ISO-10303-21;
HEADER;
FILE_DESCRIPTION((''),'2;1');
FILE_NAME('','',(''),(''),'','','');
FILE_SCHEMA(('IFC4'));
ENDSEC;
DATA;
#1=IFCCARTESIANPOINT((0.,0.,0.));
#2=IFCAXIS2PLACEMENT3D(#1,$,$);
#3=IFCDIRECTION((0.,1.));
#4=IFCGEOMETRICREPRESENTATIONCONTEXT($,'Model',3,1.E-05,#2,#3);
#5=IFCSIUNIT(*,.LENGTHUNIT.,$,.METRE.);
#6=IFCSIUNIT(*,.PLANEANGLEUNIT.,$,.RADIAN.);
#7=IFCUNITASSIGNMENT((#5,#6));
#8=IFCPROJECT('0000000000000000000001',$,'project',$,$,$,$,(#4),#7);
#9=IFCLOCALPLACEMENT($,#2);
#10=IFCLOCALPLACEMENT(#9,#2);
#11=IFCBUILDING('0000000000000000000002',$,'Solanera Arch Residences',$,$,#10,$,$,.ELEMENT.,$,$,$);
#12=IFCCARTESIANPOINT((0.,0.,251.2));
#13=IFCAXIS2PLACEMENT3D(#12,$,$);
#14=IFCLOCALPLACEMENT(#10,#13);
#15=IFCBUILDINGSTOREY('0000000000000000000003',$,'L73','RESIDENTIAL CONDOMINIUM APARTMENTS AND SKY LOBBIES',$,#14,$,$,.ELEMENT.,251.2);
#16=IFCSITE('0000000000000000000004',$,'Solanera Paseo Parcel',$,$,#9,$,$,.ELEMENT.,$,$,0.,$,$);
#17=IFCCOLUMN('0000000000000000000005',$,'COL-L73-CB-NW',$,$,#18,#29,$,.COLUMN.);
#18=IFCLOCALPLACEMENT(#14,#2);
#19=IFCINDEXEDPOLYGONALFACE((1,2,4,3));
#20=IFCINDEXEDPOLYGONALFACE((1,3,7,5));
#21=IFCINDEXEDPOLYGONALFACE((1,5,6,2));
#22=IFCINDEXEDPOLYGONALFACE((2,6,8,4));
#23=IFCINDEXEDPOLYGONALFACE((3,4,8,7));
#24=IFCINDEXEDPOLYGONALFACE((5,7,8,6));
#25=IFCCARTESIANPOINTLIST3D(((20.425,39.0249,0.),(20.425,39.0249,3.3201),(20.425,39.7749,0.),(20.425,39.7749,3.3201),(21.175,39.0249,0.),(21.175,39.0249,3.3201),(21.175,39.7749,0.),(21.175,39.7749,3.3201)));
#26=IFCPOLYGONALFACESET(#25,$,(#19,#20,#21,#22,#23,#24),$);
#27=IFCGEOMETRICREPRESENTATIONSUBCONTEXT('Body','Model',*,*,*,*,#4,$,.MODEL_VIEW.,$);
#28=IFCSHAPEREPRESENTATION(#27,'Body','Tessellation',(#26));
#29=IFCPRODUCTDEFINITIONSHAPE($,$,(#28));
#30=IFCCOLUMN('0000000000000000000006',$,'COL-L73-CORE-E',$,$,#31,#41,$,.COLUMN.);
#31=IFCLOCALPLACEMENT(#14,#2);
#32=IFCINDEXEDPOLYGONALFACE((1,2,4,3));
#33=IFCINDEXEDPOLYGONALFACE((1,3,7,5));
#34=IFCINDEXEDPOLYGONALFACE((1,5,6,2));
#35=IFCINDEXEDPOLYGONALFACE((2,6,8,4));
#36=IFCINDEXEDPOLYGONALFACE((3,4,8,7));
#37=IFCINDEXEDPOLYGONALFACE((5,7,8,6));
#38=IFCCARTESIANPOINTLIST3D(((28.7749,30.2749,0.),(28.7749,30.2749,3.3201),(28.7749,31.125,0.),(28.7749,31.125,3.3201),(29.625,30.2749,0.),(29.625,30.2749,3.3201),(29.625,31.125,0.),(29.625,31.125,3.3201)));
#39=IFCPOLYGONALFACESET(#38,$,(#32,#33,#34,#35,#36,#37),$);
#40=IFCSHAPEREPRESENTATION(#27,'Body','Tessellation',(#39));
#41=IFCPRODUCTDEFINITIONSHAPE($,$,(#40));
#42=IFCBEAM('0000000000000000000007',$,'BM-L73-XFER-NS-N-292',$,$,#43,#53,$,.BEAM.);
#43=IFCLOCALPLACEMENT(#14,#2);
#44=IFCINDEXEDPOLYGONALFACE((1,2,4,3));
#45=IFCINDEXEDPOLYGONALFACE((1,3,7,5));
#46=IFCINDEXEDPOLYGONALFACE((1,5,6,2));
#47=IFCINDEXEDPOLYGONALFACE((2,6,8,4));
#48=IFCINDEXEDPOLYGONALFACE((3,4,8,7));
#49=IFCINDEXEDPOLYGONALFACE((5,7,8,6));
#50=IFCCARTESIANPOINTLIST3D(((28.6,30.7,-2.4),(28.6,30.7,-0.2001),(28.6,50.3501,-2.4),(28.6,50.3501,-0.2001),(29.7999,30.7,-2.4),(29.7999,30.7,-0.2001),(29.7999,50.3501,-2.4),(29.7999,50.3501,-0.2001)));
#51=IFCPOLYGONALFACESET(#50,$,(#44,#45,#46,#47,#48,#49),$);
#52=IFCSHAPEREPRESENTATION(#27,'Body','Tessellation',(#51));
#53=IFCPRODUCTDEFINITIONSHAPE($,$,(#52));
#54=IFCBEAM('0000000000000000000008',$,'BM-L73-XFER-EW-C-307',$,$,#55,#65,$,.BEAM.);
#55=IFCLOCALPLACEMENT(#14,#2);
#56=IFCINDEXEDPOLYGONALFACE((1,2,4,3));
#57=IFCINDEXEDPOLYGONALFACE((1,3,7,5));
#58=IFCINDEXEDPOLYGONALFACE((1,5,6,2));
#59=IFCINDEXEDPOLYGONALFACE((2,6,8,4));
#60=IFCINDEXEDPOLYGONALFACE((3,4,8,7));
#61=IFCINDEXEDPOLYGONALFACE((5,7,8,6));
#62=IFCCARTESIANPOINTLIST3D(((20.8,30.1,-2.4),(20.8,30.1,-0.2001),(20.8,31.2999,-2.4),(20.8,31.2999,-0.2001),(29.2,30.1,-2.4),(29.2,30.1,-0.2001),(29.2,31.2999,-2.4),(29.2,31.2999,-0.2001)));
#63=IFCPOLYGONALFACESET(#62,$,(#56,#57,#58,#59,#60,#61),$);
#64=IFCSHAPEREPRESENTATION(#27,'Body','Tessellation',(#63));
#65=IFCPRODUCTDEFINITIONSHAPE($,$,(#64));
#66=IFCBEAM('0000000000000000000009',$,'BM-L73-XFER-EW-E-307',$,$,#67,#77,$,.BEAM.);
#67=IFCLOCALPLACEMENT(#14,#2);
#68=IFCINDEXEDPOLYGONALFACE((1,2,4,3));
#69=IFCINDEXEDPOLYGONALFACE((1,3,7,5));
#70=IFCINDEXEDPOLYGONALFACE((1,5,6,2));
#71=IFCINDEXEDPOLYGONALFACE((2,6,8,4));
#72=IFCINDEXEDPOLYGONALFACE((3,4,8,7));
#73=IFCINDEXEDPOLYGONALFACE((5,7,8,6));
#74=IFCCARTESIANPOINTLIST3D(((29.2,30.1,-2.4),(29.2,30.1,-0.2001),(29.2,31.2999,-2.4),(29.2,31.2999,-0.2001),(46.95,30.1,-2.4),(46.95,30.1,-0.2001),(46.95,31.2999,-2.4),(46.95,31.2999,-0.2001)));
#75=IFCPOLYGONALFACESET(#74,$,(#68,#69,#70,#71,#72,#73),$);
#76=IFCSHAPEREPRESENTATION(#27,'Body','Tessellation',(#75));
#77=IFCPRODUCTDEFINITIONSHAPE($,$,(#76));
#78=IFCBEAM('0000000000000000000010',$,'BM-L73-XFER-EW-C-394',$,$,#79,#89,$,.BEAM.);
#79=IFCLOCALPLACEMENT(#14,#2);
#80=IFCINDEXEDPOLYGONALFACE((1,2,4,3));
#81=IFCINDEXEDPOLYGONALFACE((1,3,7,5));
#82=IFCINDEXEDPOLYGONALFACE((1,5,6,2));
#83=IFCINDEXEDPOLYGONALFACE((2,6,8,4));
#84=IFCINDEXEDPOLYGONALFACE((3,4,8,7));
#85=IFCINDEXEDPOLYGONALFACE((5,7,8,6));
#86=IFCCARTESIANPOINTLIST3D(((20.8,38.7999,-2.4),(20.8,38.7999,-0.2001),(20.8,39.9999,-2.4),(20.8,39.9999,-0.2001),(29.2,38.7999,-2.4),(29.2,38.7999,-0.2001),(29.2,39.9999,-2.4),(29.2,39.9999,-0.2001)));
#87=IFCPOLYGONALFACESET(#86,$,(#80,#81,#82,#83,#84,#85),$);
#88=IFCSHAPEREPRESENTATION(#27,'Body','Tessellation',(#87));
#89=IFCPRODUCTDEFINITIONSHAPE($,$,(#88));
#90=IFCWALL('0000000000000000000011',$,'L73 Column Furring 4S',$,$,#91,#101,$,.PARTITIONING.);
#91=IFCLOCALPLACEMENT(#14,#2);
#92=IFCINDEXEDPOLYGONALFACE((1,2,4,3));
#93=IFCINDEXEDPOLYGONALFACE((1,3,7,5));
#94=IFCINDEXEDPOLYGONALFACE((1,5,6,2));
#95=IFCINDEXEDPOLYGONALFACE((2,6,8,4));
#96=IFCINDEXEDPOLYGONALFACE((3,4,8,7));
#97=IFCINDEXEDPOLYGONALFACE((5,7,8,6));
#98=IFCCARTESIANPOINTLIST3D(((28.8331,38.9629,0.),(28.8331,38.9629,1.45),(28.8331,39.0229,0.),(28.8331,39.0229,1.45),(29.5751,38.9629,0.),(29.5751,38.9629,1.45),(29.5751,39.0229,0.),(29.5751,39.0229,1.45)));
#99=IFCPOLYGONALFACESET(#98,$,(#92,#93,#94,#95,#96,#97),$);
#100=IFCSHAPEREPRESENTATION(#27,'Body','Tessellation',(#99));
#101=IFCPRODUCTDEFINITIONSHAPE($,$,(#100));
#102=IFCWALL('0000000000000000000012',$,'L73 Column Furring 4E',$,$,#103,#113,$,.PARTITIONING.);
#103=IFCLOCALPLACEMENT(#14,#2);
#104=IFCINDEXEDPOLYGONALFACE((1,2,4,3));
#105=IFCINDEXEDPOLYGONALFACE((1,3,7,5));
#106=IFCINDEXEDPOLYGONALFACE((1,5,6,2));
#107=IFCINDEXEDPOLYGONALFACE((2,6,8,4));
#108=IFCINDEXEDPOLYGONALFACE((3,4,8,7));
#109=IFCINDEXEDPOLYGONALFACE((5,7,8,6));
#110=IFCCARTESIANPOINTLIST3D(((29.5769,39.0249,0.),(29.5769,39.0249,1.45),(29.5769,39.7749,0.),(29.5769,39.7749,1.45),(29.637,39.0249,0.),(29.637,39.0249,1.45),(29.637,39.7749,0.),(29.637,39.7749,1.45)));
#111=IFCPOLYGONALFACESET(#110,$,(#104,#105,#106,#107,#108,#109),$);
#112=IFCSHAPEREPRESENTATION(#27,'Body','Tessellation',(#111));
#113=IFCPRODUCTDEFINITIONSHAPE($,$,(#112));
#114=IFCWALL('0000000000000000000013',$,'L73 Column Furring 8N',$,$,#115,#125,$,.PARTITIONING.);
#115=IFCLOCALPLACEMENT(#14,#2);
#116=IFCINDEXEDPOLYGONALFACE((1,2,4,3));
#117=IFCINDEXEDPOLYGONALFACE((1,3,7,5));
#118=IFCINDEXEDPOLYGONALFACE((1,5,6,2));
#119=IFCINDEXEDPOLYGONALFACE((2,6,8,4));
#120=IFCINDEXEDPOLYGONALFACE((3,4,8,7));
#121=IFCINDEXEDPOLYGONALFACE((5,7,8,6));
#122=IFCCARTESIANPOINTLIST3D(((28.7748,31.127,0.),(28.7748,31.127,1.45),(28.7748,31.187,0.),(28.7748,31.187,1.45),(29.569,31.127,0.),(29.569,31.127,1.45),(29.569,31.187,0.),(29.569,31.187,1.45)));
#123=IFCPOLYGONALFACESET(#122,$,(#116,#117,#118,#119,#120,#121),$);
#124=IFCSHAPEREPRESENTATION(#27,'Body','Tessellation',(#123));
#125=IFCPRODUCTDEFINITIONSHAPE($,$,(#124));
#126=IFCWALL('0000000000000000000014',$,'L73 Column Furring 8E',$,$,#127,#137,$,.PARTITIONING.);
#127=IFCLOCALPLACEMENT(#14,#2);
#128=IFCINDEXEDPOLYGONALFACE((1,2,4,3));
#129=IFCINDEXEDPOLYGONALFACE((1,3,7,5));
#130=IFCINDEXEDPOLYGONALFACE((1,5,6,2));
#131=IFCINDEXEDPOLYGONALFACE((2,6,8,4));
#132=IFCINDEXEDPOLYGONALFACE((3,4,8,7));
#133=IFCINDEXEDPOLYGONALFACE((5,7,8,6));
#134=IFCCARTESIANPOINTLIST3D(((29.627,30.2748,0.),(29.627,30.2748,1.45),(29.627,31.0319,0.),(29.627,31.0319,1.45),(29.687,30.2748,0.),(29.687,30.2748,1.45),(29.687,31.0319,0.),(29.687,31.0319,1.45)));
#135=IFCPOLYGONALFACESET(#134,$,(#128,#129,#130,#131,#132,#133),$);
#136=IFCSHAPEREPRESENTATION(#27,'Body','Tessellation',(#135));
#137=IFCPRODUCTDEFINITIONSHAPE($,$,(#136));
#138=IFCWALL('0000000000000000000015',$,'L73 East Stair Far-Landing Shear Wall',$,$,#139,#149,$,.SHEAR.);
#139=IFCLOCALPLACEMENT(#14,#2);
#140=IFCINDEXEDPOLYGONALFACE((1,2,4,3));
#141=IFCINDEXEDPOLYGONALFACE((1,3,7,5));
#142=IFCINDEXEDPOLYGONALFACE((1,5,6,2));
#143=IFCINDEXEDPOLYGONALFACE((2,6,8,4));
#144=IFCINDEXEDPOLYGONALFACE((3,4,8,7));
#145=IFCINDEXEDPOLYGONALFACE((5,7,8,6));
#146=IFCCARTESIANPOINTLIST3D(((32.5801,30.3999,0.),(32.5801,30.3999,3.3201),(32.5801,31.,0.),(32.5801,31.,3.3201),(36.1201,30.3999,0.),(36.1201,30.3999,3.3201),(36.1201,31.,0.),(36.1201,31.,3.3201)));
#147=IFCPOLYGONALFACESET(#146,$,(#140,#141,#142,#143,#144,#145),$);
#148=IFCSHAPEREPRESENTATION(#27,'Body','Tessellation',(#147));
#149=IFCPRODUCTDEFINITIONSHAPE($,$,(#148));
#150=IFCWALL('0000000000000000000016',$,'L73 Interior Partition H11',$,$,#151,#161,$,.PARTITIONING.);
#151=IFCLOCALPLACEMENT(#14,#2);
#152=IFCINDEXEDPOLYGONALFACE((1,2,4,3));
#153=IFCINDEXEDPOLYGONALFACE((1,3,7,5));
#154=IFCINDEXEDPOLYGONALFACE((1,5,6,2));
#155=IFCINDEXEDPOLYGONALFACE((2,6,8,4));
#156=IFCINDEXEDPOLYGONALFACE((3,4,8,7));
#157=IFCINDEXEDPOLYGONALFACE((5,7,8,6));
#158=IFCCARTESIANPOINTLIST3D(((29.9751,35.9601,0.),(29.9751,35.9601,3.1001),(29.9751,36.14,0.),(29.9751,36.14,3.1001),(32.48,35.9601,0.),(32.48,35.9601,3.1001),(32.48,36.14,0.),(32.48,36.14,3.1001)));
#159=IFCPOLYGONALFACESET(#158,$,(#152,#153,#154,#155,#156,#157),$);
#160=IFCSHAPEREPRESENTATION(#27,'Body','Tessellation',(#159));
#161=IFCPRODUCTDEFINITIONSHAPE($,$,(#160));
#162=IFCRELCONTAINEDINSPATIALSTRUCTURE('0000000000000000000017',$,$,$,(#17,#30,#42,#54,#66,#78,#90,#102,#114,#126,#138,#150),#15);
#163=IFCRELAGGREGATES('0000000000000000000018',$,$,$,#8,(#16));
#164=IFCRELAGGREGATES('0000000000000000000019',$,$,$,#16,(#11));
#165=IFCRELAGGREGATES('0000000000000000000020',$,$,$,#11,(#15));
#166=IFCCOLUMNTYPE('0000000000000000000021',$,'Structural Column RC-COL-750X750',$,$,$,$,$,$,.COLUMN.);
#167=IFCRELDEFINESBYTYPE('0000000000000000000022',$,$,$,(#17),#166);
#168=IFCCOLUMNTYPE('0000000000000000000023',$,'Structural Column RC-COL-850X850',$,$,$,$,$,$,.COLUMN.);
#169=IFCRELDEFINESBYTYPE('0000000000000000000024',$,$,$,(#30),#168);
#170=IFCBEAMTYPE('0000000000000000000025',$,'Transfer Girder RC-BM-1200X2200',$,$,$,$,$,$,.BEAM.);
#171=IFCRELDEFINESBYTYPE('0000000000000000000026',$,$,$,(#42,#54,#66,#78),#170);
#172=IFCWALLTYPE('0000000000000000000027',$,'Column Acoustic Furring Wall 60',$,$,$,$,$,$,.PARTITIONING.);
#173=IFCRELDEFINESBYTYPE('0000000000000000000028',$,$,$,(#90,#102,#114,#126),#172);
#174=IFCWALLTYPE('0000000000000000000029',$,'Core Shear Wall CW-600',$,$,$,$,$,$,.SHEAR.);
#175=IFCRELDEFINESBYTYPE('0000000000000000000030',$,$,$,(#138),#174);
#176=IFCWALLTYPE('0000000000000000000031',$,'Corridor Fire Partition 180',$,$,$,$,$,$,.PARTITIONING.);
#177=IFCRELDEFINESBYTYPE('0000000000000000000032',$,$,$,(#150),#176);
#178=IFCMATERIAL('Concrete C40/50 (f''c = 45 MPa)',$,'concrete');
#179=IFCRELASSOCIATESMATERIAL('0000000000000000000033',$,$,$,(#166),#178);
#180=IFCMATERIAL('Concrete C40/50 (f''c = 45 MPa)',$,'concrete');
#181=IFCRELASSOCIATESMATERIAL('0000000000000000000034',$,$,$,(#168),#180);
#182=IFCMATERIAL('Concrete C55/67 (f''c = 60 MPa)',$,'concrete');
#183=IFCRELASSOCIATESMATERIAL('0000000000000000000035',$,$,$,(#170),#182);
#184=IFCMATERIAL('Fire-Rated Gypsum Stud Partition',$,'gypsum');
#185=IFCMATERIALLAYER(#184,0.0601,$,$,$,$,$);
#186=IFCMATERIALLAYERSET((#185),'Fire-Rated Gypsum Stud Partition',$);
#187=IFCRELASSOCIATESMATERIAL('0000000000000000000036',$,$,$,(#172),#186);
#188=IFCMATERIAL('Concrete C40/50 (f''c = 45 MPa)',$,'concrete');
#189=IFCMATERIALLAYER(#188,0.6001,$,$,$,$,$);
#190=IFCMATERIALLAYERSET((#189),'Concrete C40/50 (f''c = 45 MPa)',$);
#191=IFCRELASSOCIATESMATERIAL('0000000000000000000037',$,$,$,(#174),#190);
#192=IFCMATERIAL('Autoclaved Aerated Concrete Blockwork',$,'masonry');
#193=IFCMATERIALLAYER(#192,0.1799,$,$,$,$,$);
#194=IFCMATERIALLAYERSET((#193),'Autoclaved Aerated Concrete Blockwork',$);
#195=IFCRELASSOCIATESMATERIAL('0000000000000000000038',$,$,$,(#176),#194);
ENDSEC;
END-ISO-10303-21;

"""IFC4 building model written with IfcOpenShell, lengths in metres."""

from ifc_helpers import new_model, si_unit, direction, frame, frame_2d, origin, origin_2d, place, context, subcontext, project, spatial, rectangle, extrude, material, layer, layer_set, material_profile, profile_set, type_object, element, save


model = new_model("IFC4")

# Units and contexts
model_context = context("Model", 3, precision=1e-05, world=origin(), true_north=direction((0.0, 1.0)))
body_context = subcontext(model_context, "Body", "Model", "MODEL_VIEW")
ifc_project = project(units=[si_unit("LENGTHUNIT", "METRE"), si_unit("PLANEANGLEUNIT", "RADIAN")], contexts=[model_context])

# Site, building, storey
site_placement = place(None, origin())
site = spatial("IfcSite", under=ifc_project, at=site_placement, Name="Solanera Paseo Parcel", CompositionType="ELEMENT", RefElevation=0.0)
building_placement = place(site_placement, origin())
building = spatial("IfcBuilding", under=site, at=building_placement, Name="Solanera Arch Residences", CompositionType="ELEMENT")
storey_placement = place(building_placement, frame((0.0, 0.0, 251.2)))
storey = spatial("IfcBuildingStorey", under=building, at=storey_placement, Name="L73", Description="RESIDENTIAL CONDOMINIUM APARTMENTS AND SKY LOBBIES", CompositionType="ELEMENT", Elevation=251.2)

# Columns
ifc_material_1 = material(Name="Concrete C40/50 (f'c = 45 MPa)", Category="concrete")
ifc_material_profile_1 = material_profile(ifc_material_1, rectangle(XDim=0.75, YDim=0.75, at=origin_2d()))
ifc_profile_set_1 = profile_set([ifc_material_profile_1], Name="Concrete C40/50 (f'c = 45 MPa)")
column_type_1 = type_object("IfcColumnType", Name="Structural Column RC-COL-750X750", PredefinedType="COLUMN", material=ifc_profile_set_1)
column_1_placement = place(storey_placement, frame((20.8, 39.3999, 0.0), z_axis=(0.0, 0.0, 1.0), x_axis=(1.0, 0.0, 0.0)))
element("IfcColumn", 1, at=column_1_placement, inside=storey, type_object=column_type_1, Name="COL-L73-CB-NW", PredefinedType="COLUMN", context=body_context, shape_type="SweptSolid", body=[
    extrude(rectangle(XDim=0.75, YDim=0.75, at=origin_2d()), origin(), (0.0, 0.0, 1.0), 3.3201),
])
ifc_material_2 = material(Name="Concrete C40/50 (f'c = 45 MPa)", Category="concrete")
ifc_material_profile_2 = material_profile(ifc_material_2, rectangle(XDim=0.8501, YDim=0.8501, at=origin_2d()))
ifc_profile_set_2 = profile_set([ifc_material_profile_2], Name="Concrete C40/50 (f'c = 45 MPa)")
column_type_2 = type_object("IfcColumnType", Name="Structural Column RC-COL-850X850", PredefinedType="COLUMN", material=ifc_profile_set_2)
column_2_placement = place(storey_placement, frame((29.2, 30.7, 0.0), z_axis=(0.0, 0.0, 1.0), x_axis=(1.0, 0.0, 0.0)))
element("IfcColumn", 2, at=column_2_placement, inside=storey, type_object=column_type_2, Name="COL-L73-CORE-E", PredefinedType="COLUMN", context=body_context, shape_type="SweptSolid", body=[
    extrude(rectangle(XDim=0.8501, YDim=0.8501, at=origin_2d()), origin(), (0.0, 0.0, 1.0), 3.3201),
])

# Beams
ifc_material_3 = material(Name="Concrete C55/67 (f'c = 60 MPa)", Category="concrete")
ifc_material_profile_3 = material_profile(ifc_material_3, rectangle(XDim=1.2, YDim=2.2, at=origin_2d()))
ifc_profile_set_3 = profile_set([ifc_material_profile_3], Name="Concrete C55/67 (f'c = 60 MPa)")
beam_type = type_object("IfcBeamType", Name="Transfer Girder RC-BM-1200X2200", PredefinedType="BEAM", material=ifc_profile_set_3)
beam_1_placement = place(storey_placement, frame((29.2, 30.7, -1.3), z_axis=(0.0, 1.0, 0.0), x_axis=(-1.0, 0.0, 0.0)))
element("IfcBeam", 3, at=beam_1_placement, inside=storey, type_object=beam_type, Name="BM-L73-XFER-NS-N-292", PredefinedType="BEAM", context=body_context, shape_type="SweptSolid", body=[
    extrude(rectangle(XDim=1.2, YDim=2.2, at=origin_2d()), origin(), (0.0, 0.0, 1.0), 19.6501),
])
beam_2_placement = place(storey_placement, frame((20.8, 30.7, -1.3), z_axis=(1.0, 0.0, 0.0), x_axis=(0.0, 1.0, 0.0)))
element("IfcBeam", 4, at=beam_2_placement, inside=storey, type_object=beam_type, Name="BM-L73-XFER-EW-C-307", PredefinedType="BEAM", context=body_context, shape_type="SweptSolid", body=[
    extrude(rectangle(XDim=1.2, YDim=2.2, at=origin_2d()), origin(), (0.0, 0.0, 1.0), 8.3999),
])
beam_3_placement = place(storey_placement, frame((29.2, 30.7, -1.3), z_axis=(1.0, 0.0, 0.0), x_axis=(0.0, 1.0, 0.0)))
element("IfcBeam", 5, at=beam_3_placement, inside=storey, type_object=beam_type, Name="BM-L73-XFER-EW-E-307", PredefinedType="BEAM", context=body_context, shape_type="SweptSolid", body=[
    extrude(rectangle(XDim=1.2, YDim=2.2, at=origin_2d()), origin(), (0.0, 0.0, 1.0), 17.75),
])
beam_4_placement = place(storey_placement, frame((20.8, 39.3999, -1.3), z_axis=(1.0, 0.0, 0.0), x_axis=(0.0, 1.0, 0.0)))
element("IfcBeam", 6, at=beam_4_placement, inside=storey, type_object=beam_type, Name="BM-L73-XFER-EW-C-394", PredefinedType="BEAM", context=body_context, shape_type="SweptSolid", body=[
    extrude(rectangle(XDim=1.2, YDim=2.2, at=origin_2d()), origin(), (0.0, 0.0, 1.0), 8.3999),
])

# Walls
ifc_material_4 = material(Name="Fire-Rated Gypsum Stud Partition", Category="gypsum")
ifc_layer_1 = layer(ifc_material_4, 0.0601)
ifc_layer_set_1 = layer_set([ifc_layer_1], Name="Fire-Rated Gypsum Stud Partition")
wall_type_1 = type_object("IfcWallType", Name="Column Acoustic Furring Wall 60", PredefinedType="PARTITIONING", material=ifc_layer_set_1)
wall_1_placement = place(storey_placement, frame((28.833, 38.9929, 0.0), z_axis=(0.0, 0.0, 1.0), x_axis=(1.0, 0.0, 0.0)))
element("IfcWall", 7, at=wall_1_placement, inside=storey, type_object=wall_type_1, Name="L73 Column Furring 4S", PredefinedType="PARTITIONING", context=body_context, shape_type="SweptSolid", body=[
    extrude(rectangle(XDim=0.7419, YDim=0.0601, at=frame_2d((0.3711, 0.0))), origin(), (0.0, 0.0, 1.0), 1.45),
])
wall_2_placement = place(storey_placement, frame((29.6069, 39.0249, 0.0), z_axis=(0.0, 0.0, 1.0), x_axis=(0.0, 1.0, 0.0)))
element("IfcWall", 8, at=wall_2_placement, inside=storey, type_object=wall_type_1, Name="L73 Column Furring 4E", PredefinedType="PARTITIONING", context=body_context, shape_type="SweptSolid", body=[
    extrude(rectangle(XDim=0.75, YDim=0.0601, at=frame_2d((0.375, 0.0))), origin(), (0.0, 0.0, 1.0), 1.45),
])
wall_3_placement = place(storey_placement, frame((28.7749, 31.157, 0.0), z_axis=(0.0, 0.0, 1.0), x_axis=(1.0, 0.0, 0.0)))
element("IfcWall", 9, at=wall_3_placement, inside=storey, type_object=wall_type_1, Name="L73 Column Furring 8N", PredefinedType="PARTITIONING", context=body_context, shape_type="SweptSolid", body=[
    extrude(rectangle(XDim=0.7942, YDim=0.0601, at=frame_2d((0.397, 0.0))), origin(), (0.0, 0.0, 1.0), 1.45),
])
wall_4_placement = place(storey_placement, frame((29.657, 30.2749, 0.0), z_axis=(0.0, 0.0, 1.0), x_axis=(0.0, 1.0, 0.0)))
element("IfcWall", 10, at=wall_4_placement, inside=storey, type_object=wall_type_1, Name="L73 Column Furring 8E", PredefinedType="PARTITIONING", context=body_context, shape_type="SweptSolid", body=[
    extrude(rectangle(XDim=0.7571, YDim=0.0601, at=frame_2d((0.3784, 0.0))), origin(), (0.0, 0.0, 1.0), 1.45),
])
ifc_material_5 = material(Name="Concrete C40/50 (f'c = 45 MPa)", Category="concrete")
ifc_layer_2 = layer(ifc_material_5, 0.6001)
ifc_layer_set_2 = layer_set([ifc_layer_2], Name="Concrete C40/50 (f'c = 45 MPa)")
wall_type_2 = type_object("IfcWallType", Name="Core Shear Wall CW-600", PredefinedType="SHEAR", material=ifc_layer_set_2)
wall_5_placement = place(storey_placement, frame((32.5801, 30.7, 0.0), z_axis=(0.0, 0.0, 1.0), x_axis=(1.0, 0.0, 0.0)))
element("IfcWall", 11, at=wall_5_placement, inside=storey, type_object=wall_type_2, Name="L73 East Stair Far-Landing Shear Wall", PredefinedType="SHEAR", context=body_context, shape_type="SweptSolid", body=[
    extrude(rectangle(XDim=3.54, YDim=0.6001, at=frame_2d((1.77, 0.0))), origin(), (0.0, 0.0, 1.0), 3.3201),
])
ifc_material_6 = material(Name="Autoclaved Aerated Concrete Blockwork", Category="masonry")
ifc_layer_3 = layer(ifc_material_6, 0.1799)
ifc_layer_set_3 = layer_set([ifc_layer_3], Name="Autoclaved Aerated Concrete Blockwork")
wall_type_3 = type_object("IfcWallType", Name="Corridor Fire Partition 180", PredefinedType="PARTITIONING", material=ifc_layer_set_3)
wall_6_placement = place(storey_placement, frame((29.9751, 36.05, 0.0), z_axis=(0.0, 0.0, 1.0), x_axis=(1.0, 0.0, 0.0)))
element("IfcWall", 12, at=wall_6_placement, inside=storey, type_object=wall_type_3, Name="L73 Interior Partition H11", PredefinedType="PARTITIONING", context=body_context, shape_type="SweptSolid", body=[
    extrude(rectangle(XDim=2.5049, YDim=0.1799, at=frame_2d((1.2524, 0.0))), origin(), (0.0, 0.0, 1.0), 3.1001),
])

save(model, "model.ifc")
